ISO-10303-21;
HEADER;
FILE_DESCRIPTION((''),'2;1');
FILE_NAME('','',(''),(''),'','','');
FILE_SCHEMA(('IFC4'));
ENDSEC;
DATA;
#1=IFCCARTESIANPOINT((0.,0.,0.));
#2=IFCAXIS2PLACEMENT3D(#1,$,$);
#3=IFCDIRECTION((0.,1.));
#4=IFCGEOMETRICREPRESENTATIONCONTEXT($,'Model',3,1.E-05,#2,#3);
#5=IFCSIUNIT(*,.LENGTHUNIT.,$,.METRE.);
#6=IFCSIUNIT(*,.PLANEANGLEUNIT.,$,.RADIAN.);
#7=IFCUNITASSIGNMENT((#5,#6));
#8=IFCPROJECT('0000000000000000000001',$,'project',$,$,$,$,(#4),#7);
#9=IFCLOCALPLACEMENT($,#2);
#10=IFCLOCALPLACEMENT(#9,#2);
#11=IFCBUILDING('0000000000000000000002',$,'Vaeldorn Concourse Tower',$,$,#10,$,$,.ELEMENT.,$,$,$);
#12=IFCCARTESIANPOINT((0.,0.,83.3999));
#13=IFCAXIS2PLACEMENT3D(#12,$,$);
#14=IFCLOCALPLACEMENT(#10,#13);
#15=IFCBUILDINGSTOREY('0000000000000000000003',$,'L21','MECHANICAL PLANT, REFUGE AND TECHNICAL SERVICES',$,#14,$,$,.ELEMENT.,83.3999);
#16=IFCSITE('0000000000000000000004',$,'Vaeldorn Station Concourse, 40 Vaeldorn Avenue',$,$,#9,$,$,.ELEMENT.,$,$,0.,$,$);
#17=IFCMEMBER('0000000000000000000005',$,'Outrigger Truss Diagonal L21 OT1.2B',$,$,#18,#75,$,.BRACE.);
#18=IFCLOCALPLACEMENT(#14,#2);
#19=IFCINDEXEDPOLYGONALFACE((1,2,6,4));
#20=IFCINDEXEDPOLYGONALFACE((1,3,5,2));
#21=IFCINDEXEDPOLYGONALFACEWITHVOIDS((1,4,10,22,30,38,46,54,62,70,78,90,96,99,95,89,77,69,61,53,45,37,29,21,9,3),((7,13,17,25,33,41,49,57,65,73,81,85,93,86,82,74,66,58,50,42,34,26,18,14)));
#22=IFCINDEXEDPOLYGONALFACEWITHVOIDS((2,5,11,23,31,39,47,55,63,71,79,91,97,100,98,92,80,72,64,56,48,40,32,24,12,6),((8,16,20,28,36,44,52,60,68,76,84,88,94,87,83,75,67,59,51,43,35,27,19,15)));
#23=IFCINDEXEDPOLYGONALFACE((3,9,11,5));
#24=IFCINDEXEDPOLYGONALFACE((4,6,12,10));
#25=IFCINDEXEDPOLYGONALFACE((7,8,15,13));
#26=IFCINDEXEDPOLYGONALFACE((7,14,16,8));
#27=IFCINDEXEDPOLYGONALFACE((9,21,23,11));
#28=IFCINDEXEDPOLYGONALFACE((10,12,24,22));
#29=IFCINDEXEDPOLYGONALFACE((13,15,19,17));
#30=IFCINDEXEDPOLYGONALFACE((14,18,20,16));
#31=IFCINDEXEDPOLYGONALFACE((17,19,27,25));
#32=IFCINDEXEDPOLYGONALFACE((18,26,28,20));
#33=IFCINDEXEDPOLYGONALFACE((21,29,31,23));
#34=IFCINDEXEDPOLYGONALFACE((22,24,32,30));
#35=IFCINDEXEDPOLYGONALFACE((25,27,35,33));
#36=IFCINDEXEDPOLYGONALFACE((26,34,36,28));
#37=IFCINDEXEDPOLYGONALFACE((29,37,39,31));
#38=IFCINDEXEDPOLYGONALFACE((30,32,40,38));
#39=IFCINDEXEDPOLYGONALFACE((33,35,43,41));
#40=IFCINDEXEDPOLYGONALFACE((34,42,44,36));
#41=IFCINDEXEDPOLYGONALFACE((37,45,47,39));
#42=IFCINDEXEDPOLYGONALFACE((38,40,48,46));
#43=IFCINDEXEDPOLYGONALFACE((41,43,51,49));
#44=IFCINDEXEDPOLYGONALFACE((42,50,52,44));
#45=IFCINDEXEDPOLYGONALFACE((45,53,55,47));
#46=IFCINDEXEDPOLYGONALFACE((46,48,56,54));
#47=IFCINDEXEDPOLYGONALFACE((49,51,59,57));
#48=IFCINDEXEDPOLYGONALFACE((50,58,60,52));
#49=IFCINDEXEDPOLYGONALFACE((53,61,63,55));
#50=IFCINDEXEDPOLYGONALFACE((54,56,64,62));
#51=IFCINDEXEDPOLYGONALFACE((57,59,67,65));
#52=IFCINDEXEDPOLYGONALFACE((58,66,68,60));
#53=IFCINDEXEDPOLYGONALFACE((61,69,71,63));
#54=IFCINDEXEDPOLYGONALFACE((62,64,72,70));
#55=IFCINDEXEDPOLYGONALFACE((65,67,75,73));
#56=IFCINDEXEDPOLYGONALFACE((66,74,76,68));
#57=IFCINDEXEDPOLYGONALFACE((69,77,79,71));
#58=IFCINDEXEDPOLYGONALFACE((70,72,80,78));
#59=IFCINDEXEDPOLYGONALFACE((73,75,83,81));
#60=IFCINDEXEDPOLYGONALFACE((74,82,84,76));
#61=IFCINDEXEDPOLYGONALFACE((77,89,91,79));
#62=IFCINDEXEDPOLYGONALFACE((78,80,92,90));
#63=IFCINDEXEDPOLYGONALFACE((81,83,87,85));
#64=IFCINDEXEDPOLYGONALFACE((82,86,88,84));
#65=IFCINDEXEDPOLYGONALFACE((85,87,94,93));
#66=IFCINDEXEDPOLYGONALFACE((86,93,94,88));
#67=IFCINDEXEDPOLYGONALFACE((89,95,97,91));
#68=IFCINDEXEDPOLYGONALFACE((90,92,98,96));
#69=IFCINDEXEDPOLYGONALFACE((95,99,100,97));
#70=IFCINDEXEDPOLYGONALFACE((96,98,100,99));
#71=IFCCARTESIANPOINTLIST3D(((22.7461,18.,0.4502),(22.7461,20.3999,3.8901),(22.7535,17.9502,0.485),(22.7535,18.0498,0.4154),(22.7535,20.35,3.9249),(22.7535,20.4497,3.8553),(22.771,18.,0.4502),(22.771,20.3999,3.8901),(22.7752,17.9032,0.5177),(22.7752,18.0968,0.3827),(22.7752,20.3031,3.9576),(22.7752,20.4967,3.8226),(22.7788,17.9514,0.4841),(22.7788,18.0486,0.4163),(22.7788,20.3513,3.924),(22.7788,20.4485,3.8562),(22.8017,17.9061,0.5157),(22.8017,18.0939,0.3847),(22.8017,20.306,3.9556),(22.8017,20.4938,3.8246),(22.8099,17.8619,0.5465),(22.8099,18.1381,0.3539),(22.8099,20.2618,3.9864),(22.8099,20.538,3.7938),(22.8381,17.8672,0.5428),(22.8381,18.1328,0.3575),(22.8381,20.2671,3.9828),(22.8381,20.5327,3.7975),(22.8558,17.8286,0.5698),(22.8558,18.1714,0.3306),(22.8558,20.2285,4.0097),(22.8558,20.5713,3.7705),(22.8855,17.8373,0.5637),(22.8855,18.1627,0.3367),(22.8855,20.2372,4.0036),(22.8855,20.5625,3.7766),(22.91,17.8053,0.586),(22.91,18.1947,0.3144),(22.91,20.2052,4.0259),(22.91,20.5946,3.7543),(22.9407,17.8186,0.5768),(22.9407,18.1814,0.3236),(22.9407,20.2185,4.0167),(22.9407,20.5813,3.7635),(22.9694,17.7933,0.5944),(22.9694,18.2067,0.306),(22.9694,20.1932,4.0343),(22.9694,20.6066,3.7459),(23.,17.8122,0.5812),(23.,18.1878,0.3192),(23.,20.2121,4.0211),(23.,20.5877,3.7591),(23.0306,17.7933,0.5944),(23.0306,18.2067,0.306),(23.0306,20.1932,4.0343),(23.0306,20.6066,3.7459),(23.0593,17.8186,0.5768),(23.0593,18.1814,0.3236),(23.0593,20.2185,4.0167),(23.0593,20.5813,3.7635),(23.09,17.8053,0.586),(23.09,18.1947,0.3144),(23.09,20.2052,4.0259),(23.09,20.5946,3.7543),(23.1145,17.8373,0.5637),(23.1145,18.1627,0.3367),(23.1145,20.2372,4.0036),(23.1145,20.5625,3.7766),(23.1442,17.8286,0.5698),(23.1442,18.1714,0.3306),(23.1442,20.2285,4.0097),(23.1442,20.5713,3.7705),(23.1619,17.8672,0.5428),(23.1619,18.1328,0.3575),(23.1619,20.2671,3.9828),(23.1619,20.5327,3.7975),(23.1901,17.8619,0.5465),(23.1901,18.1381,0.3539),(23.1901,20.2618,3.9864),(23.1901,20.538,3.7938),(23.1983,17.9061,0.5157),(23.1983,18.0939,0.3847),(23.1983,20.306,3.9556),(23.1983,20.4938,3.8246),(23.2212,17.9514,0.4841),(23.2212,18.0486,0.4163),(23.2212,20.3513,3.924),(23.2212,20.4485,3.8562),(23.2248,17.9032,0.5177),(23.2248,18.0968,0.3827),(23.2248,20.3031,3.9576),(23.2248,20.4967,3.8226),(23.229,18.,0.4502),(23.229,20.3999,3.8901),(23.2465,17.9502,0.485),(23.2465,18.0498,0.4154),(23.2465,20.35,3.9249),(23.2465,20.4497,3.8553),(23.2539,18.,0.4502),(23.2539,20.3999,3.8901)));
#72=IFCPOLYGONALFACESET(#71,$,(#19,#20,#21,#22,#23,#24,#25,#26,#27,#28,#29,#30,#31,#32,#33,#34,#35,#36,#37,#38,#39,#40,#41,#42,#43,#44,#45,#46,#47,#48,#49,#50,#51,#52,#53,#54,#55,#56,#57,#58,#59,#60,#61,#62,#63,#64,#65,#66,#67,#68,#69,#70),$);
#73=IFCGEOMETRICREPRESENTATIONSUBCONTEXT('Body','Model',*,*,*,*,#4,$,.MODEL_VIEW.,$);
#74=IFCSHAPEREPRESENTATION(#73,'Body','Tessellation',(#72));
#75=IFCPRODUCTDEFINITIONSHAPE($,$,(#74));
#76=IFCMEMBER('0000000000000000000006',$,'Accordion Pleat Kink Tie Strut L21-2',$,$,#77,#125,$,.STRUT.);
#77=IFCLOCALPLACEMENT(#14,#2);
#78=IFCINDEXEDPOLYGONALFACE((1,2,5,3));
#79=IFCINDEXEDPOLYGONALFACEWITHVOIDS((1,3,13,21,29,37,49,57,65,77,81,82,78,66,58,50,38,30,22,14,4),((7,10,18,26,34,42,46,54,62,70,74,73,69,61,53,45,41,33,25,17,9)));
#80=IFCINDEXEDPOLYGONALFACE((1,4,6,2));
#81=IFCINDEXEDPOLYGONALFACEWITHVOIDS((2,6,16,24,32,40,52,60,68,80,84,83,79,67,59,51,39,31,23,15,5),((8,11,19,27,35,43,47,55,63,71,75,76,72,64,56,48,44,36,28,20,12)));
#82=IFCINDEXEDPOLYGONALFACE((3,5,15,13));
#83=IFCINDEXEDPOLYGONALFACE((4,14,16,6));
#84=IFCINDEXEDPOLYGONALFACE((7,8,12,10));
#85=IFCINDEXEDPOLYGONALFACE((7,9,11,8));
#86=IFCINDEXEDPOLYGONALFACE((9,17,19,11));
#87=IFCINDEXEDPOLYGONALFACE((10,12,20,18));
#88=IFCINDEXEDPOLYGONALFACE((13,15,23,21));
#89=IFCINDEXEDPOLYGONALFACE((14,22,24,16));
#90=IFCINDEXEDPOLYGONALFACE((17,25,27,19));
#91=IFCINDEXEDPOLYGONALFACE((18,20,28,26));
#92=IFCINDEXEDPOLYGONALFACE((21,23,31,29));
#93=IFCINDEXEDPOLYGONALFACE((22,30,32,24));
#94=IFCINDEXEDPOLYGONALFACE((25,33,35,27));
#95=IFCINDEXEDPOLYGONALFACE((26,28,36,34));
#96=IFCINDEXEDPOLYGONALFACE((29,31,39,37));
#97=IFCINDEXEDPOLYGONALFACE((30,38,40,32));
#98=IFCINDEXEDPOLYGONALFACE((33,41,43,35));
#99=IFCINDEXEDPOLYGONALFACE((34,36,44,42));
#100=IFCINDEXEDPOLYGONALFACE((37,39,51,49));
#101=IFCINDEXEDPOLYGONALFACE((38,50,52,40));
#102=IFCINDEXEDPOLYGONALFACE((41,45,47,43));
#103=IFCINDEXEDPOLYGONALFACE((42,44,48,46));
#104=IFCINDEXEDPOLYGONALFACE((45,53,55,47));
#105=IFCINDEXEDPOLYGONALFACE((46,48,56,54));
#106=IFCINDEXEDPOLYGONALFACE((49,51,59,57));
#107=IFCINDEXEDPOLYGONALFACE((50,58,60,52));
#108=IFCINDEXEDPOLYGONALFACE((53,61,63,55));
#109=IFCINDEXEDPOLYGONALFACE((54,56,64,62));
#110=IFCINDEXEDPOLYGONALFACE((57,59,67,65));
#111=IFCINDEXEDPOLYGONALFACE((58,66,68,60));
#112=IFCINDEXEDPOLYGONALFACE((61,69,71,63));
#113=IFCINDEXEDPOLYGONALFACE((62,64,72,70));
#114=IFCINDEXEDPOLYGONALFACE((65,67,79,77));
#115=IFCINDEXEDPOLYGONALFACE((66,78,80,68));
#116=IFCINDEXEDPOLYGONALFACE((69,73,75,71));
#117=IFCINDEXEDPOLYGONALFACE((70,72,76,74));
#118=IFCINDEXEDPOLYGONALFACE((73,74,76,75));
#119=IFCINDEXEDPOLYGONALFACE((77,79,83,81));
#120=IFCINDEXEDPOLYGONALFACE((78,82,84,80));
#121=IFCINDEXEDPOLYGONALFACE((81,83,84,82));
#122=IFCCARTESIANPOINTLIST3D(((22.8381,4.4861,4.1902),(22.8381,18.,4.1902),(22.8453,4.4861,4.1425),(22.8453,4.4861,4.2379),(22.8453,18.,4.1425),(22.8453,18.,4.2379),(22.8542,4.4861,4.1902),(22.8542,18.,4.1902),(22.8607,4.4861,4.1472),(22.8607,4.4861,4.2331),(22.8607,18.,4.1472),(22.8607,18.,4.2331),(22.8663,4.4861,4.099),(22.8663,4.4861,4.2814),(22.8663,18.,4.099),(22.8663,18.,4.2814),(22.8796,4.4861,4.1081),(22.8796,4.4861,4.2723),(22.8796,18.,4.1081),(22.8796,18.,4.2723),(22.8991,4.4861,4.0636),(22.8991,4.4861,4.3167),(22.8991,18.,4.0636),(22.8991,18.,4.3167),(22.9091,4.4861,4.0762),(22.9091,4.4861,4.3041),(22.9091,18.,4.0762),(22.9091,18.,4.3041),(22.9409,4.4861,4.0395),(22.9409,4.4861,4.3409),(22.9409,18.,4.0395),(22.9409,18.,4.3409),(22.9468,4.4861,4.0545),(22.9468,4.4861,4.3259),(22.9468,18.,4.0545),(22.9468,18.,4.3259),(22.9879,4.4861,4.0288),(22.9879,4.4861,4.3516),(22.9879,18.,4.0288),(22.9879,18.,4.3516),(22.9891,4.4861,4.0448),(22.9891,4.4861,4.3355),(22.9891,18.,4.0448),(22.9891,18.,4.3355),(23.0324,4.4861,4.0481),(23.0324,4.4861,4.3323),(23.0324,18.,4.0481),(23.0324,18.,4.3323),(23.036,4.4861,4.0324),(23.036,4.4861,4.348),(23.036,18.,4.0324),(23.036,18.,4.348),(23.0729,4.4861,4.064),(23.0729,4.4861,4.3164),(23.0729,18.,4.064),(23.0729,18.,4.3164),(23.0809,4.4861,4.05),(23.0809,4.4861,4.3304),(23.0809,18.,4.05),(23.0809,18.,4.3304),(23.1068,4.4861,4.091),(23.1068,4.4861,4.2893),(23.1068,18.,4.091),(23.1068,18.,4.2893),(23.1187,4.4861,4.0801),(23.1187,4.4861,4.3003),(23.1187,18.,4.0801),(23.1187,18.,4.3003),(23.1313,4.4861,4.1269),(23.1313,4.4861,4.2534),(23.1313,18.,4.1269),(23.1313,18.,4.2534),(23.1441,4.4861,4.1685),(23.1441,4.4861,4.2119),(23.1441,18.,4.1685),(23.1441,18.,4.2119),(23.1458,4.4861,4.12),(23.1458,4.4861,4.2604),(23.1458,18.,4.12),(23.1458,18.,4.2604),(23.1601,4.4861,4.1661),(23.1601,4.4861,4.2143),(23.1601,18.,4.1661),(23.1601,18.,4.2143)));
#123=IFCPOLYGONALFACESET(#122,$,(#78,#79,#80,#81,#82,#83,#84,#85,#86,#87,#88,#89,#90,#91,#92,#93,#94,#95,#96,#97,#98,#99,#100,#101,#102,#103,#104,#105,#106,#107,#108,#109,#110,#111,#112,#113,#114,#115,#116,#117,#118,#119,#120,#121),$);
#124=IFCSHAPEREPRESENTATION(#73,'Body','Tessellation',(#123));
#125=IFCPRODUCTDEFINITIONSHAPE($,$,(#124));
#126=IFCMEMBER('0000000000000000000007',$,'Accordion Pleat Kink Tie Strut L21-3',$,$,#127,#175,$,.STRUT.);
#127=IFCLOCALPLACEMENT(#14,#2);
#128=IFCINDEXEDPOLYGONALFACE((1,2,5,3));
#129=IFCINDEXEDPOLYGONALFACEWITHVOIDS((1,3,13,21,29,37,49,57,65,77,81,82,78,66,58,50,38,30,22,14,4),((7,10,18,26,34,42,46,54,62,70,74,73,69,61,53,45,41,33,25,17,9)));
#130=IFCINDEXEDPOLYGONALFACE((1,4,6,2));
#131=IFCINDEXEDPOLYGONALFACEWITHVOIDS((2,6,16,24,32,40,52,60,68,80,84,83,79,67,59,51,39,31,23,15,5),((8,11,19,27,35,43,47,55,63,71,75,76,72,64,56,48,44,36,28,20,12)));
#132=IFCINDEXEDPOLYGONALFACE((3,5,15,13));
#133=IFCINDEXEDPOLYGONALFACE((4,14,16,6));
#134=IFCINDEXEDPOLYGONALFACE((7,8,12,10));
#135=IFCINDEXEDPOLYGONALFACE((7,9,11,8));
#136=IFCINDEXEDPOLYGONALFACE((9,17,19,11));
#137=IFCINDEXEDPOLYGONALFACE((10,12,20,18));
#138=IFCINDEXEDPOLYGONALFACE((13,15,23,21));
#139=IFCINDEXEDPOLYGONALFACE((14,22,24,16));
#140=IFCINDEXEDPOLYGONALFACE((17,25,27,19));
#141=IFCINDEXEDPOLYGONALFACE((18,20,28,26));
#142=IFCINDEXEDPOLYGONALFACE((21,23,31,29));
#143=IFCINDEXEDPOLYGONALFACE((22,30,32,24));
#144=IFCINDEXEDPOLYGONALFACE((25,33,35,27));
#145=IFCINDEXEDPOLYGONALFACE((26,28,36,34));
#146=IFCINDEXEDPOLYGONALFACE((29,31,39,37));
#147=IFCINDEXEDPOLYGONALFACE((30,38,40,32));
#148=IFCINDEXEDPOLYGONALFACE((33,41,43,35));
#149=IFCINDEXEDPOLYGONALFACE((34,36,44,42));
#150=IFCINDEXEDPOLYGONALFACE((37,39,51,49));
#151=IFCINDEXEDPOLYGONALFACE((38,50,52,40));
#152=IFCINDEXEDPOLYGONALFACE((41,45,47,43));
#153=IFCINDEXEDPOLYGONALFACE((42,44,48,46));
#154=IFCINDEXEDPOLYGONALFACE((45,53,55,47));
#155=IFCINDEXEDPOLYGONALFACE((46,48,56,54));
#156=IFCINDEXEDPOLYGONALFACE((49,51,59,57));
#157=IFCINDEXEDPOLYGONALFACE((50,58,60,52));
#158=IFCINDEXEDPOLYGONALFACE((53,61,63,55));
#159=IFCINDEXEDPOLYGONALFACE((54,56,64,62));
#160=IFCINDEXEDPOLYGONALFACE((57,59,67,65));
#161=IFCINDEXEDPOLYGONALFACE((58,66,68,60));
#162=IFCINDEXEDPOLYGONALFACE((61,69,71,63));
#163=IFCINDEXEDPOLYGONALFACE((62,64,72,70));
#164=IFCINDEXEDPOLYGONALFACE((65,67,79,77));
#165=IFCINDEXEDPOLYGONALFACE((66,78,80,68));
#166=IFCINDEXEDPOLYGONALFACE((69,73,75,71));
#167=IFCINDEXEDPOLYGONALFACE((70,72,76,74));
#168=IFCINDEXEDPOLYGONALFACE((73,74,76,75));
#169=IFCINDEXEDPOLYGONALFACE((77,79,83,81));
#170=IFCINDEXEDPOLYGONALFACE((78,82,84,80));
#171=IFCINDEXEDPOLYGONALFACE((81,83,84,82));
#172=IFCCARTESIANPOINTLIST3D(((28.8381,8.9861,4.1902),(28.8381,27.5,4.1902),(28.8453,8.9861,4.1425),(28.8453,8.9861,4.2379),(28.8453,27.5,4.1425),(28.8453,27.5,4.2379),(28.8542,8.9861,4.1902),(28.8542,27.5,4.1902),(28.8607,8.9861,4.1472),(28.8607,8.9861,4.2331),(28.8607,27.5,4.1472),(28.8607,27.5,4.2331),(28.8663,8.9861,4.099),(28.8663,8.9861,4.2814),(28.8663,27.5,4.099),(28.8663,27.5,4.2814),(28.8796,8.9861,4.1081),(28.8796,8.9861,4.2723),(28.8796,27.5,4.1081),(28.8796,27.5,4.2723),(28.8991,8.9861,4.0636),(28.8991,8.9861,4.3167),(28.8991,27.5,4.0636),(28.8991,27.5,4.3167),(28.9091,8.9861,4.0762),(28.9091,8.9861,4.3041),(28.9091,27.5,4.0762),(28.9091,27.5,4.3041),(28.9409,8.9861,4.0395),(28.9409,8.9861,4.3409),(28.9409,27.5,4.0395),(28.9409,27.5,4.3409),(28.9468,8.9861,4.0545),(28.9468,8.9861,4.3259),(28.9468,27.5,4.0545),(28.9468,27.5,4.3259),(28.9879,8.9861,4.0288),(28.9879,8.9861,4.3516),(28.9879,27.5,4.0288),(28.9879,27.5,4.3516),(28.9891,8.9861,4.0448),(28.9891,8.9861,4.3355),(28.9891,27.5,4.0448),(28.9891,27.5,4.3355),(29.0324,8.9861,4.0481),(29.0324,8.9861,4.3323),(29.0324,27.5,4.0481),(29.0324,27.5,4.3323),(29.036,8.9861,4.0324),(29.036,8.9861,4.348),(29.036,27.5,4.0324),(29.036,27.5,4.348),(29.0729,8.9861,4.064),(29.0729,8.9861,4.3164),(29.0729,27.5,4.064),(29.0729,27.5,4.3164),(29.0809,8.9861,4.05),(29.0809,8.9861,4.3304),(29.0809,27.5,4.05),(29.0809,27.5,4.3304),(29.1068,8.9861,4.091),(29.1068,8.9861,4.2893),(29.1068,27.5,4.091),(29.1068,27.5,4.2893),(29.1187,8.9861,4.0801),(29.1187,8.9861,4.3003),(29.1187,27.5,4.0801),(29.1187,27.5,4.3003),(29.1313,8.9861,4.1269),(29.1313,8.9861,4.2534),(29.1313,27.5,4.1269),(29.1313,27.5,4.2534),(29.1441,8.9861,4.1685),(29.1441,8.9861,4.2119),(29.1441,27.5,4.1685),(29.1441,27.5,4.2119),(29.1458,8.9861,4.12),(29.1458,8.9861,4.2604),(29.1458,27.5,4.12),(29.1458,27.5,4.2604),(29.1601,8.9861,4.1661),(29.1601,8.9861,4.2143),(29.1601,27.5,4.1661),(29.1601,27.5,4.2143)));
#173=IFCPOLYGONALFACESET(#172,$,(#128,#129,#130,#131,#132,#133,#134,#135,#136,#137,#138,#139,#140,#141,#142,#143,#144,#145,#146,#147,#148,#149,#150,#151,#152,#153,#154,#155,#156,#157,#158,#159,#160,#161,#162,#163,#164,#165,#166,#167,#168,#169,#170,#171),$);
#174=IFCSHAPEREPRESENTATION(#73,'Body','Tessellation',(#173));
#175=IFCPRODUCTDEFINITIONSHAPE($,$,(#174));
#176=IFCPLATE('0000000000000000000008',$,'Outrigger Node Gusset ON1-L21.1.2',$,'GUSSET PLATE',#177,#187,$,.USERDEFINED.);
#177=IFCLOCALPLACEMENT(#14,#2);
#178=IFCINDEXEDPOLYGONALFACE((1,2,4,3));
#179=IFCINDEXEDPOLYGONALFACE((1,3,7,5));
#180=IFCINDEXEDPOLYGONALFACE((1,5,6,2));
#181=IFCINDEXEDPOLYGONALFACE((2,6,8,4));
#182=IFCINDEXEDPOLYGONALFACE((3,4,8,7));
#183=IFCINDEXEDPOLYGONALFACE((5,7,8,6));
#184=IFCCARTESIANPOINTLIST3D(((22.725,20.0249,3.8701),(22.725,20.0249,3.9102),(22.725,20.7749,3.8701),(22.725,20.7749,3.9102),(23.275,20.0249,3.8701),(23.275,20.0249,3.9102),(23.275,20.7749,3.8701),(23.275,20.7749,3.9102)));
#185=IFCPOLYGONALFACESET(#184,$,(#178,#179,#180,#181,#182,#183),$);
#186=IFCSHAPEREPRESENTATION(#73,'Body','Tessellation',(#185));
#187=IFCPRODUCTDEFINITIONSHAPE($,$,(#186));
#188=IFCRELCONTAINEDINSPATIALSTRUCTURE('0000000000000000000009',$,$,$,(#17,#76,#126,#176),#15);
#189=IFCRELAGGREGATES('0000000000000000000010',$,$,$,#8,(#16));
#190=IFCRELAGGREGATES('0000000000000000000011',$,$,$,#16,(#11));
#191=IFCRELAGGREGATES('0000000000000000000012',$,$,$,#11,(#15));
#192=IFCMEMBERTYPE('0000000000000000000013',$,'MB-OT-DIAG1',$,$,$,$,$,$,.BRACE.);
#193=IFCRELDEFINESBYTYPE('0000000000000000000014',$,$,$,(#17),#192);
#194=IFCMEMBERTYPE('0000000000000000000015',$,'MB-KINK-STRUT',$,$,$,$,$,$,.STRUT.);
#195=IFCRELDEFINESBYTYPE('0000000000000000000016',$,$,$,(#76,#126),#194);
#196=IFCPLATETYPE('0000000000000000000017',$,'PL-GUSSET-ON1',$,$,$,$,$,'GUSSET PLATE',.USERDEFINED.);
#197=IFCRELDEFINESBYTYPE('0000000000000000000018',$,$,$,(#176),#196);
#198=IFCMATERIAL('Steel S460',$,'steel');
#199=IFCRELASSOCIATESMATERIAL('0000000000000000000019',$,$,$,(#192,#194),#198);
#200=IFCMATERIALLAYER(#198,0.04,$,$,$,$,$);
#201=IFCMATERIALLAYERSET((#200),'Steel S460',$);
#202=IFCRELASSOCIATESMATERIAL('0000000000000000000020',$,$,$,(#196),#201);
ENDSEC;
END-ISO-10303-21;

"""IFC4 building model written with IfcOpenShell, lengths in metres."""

from ifc_helpers import new_model, si_unit, direction, frame, origin, origin_2d, place, context, subcontext, project, spatial, rectangle, hollow_circle, extrude, source, transform, mapped, material, layer, layer_set, material_profile, profile_set, type_object, element, save


model = new_model("IFC4")

# Units and contexts
model_context = context("Model", 3, precision=1e-05, world=origin(), true_north=direction((0.0, 1.0)))
body_context = subcontext(model_context, "Body", "Model", "MODEL_VIEW")
ifc_project = project(units=[si_unit("LENGTHUNIT", "METRE"), si_unit("PLANEANGLEUNIT", "RADIAN")], contexts=[model_context])

# Site, building, storey
site_placement = place(None, origin())
site = spatial("IfcSite", under=ifc_project, at=site_placement, Name="Vaeldorn Station Concourse, 40 Vaeldorn Avenue", CompositionType="ELEMENT", RefElevation=0.0)
building_placement = place(site_placement, origin())
building = spatial("IfcBuilding", under=site, at=building_placement, Name="Vaeldorn Concourse Tower", CompositionType="ELEMENT")
storey_placement = place(building_placement, frame((0.0, 0.0, 83.3999)))
storey = spatial("IfcBuildingStorey", under=building, at=storey_placement, Name="L21", Description="MECHANICAL PLANT, REFUGE AND TECHNICAL SERVICES", CompositionType="ELEMENT", Elevation=83.3999)

# Shared definitions
ifc_material_1 = material(Name="Steel S460", Category="steel")

# Members
ifc_material_profile_1 = material_profile(ifc_material_1, hollow_circle(Radius=0.2539, WallThickness=0.0249, at=origin_2d()), Name="CHS 508x25")
ifc_profile_set_1 = profile_set([ifc_material_profile_1], Name="Steel S460")
member_type_1 = type_object("IfcMemberType", Name="MB-OT-DIAG1", PredefinedType="BRACE", material=ifc_profile_set_1)
shared_shape_1 = source(origin(), body_context, "Body", "SweptSolid", [
    extrude(hollow_circle(Radius=0.2539, WallThickness=0.0249, at=origin_2d()), origin(), (0.0, 0.0, 1.0), 4.1943),
])
member_1_placement = place(storey_placement, frame((23.0, 18.0, 0.4502), z_axis=(0.0, 0.572172, 0.820133), x_axis=(-1.0, 0.0, 0.0)))
element("IfcMember", 1, at=member_1_placement, inside=storey, type_object=member_type_1, Name="Outrigger Truss Diagonal L21 OT1.2B", PredefinedType="BRACE", context=body_context, shape_type="MappedRepresentation", body=[
    mapped(shared_shape_1, transform((0.0, 0.0, 0.0), scale=1.0)),
])
ifc_material_profile_2 = material_profile(ifc_material_1, hollow_circle(Radius=0.1619, WallThickness=0.0161, at=origin_2d()), Name="CHS 323.9x16")
ifc_profile_set_2 = profile_set([ifc_material_profile_2], Name="Steel S460")
member_type_2 = type_object("IfcMemberType", Name="MB-KINK-STRUT", PredefinedType="STRUT", material=ifc_profile_set_2)
shared_shape_2 = source(origin(), body_context, "Body", "SweptSolid", [
    extrude(hollow_circle(Radius=0.1619, WallThickness=0.0161, at=origin_2d()), origin(), (0.0, 0.0, 1.0), 13.5139),
])
member_2_placement = place(storey_placement, frame((23.0, 4.4861, 4.1902), z_axis=(0.0, 1.0, 0.0), x_axis=(-1.0, 0.0, 0.0)))
element("IfcMember", 2, at=member_2_placement, inside=storey, type_object=member_type_2, Name="Accordion Pleat Kink Tie Strut L21-2", PredefinedType="STRUT", context=body_context, shape_type="MappedRepresentation", body=[
    mapped(shared_shape_2, transform((0.0, 0.0, 0.0), scale=1.0)),
])
shared_shape_3 = source(origin(), body_context, "Body", "SweptSolid", [
    extrude(hollow_circle(Radius=0.1619, WallThickness=0.0161, at=origin_2d()), origin(), (0.0, 0.0, 1.0), 18.5139),
])
member_3_placement = place(storey_placement, frame((29.0, 8.9861, 4.1902), z_axis=(0.0, 1.0, 0.0), x_axis=(-1.0, 0.0, 0.0)))
element("IfcMember", 3, at=member_3_placement, inside=storey, type_object=member_type_2, Name="Accordion Pleat Kink Tie Strut L21-3", PredefinedType="STRUT", context=body_context, shape_type="MappedRepresentation", body=[
    mapped(shared_shape_3, transform((0.0, 0.0, 0.0), scale=1.0)),
])

# Plate
ifc_layer_1 = layer(ifc_material_1, 0.04)
ifc_layer_set_1 = layer_set([ifc_layer_1], Name="Steel S460")
plate_type_1 = type_object("IfcPlateType", Name="PL-GUSSET-ON1", ElementType="GUSSET PLATE", PredefinedType="USERDEFINED", material=ifc_layer_set_1)
shared_shape_4 = source(origin(), body_context, "Body", "SweptSolid", [
    extrude(rectangle(XDim=0.75, YDim=0.55, at=origin_2d()), origin(), (0.0, 0.0, 1.0), 0.04),
])
for number, where, z_axis, x_axis, name in (
    (4, (23.0, 20.3999, 3.8701), (0.0, 0.0, 1.0), (0.0, 1.0, 0.0), "Outrigger Node Gusset ON1-L21.1.2"),
):
    element("IfcPlate", number, at=place(storey_placement, frame(where, z_axis=z_axis, x_axis=x_axis)), inside=storey, type_object=plate_type_1, Name=name, ObjectType="GUSSET PLATE", PredefinedType="USERDEFINED", context=body_context, shape_type="MappedRepresentation", body=[
        mapped(shared_shape_4, transform((0.0, 0.0, 0.0), scale=1.0)),
    ])

save(model, "model.ifc")
